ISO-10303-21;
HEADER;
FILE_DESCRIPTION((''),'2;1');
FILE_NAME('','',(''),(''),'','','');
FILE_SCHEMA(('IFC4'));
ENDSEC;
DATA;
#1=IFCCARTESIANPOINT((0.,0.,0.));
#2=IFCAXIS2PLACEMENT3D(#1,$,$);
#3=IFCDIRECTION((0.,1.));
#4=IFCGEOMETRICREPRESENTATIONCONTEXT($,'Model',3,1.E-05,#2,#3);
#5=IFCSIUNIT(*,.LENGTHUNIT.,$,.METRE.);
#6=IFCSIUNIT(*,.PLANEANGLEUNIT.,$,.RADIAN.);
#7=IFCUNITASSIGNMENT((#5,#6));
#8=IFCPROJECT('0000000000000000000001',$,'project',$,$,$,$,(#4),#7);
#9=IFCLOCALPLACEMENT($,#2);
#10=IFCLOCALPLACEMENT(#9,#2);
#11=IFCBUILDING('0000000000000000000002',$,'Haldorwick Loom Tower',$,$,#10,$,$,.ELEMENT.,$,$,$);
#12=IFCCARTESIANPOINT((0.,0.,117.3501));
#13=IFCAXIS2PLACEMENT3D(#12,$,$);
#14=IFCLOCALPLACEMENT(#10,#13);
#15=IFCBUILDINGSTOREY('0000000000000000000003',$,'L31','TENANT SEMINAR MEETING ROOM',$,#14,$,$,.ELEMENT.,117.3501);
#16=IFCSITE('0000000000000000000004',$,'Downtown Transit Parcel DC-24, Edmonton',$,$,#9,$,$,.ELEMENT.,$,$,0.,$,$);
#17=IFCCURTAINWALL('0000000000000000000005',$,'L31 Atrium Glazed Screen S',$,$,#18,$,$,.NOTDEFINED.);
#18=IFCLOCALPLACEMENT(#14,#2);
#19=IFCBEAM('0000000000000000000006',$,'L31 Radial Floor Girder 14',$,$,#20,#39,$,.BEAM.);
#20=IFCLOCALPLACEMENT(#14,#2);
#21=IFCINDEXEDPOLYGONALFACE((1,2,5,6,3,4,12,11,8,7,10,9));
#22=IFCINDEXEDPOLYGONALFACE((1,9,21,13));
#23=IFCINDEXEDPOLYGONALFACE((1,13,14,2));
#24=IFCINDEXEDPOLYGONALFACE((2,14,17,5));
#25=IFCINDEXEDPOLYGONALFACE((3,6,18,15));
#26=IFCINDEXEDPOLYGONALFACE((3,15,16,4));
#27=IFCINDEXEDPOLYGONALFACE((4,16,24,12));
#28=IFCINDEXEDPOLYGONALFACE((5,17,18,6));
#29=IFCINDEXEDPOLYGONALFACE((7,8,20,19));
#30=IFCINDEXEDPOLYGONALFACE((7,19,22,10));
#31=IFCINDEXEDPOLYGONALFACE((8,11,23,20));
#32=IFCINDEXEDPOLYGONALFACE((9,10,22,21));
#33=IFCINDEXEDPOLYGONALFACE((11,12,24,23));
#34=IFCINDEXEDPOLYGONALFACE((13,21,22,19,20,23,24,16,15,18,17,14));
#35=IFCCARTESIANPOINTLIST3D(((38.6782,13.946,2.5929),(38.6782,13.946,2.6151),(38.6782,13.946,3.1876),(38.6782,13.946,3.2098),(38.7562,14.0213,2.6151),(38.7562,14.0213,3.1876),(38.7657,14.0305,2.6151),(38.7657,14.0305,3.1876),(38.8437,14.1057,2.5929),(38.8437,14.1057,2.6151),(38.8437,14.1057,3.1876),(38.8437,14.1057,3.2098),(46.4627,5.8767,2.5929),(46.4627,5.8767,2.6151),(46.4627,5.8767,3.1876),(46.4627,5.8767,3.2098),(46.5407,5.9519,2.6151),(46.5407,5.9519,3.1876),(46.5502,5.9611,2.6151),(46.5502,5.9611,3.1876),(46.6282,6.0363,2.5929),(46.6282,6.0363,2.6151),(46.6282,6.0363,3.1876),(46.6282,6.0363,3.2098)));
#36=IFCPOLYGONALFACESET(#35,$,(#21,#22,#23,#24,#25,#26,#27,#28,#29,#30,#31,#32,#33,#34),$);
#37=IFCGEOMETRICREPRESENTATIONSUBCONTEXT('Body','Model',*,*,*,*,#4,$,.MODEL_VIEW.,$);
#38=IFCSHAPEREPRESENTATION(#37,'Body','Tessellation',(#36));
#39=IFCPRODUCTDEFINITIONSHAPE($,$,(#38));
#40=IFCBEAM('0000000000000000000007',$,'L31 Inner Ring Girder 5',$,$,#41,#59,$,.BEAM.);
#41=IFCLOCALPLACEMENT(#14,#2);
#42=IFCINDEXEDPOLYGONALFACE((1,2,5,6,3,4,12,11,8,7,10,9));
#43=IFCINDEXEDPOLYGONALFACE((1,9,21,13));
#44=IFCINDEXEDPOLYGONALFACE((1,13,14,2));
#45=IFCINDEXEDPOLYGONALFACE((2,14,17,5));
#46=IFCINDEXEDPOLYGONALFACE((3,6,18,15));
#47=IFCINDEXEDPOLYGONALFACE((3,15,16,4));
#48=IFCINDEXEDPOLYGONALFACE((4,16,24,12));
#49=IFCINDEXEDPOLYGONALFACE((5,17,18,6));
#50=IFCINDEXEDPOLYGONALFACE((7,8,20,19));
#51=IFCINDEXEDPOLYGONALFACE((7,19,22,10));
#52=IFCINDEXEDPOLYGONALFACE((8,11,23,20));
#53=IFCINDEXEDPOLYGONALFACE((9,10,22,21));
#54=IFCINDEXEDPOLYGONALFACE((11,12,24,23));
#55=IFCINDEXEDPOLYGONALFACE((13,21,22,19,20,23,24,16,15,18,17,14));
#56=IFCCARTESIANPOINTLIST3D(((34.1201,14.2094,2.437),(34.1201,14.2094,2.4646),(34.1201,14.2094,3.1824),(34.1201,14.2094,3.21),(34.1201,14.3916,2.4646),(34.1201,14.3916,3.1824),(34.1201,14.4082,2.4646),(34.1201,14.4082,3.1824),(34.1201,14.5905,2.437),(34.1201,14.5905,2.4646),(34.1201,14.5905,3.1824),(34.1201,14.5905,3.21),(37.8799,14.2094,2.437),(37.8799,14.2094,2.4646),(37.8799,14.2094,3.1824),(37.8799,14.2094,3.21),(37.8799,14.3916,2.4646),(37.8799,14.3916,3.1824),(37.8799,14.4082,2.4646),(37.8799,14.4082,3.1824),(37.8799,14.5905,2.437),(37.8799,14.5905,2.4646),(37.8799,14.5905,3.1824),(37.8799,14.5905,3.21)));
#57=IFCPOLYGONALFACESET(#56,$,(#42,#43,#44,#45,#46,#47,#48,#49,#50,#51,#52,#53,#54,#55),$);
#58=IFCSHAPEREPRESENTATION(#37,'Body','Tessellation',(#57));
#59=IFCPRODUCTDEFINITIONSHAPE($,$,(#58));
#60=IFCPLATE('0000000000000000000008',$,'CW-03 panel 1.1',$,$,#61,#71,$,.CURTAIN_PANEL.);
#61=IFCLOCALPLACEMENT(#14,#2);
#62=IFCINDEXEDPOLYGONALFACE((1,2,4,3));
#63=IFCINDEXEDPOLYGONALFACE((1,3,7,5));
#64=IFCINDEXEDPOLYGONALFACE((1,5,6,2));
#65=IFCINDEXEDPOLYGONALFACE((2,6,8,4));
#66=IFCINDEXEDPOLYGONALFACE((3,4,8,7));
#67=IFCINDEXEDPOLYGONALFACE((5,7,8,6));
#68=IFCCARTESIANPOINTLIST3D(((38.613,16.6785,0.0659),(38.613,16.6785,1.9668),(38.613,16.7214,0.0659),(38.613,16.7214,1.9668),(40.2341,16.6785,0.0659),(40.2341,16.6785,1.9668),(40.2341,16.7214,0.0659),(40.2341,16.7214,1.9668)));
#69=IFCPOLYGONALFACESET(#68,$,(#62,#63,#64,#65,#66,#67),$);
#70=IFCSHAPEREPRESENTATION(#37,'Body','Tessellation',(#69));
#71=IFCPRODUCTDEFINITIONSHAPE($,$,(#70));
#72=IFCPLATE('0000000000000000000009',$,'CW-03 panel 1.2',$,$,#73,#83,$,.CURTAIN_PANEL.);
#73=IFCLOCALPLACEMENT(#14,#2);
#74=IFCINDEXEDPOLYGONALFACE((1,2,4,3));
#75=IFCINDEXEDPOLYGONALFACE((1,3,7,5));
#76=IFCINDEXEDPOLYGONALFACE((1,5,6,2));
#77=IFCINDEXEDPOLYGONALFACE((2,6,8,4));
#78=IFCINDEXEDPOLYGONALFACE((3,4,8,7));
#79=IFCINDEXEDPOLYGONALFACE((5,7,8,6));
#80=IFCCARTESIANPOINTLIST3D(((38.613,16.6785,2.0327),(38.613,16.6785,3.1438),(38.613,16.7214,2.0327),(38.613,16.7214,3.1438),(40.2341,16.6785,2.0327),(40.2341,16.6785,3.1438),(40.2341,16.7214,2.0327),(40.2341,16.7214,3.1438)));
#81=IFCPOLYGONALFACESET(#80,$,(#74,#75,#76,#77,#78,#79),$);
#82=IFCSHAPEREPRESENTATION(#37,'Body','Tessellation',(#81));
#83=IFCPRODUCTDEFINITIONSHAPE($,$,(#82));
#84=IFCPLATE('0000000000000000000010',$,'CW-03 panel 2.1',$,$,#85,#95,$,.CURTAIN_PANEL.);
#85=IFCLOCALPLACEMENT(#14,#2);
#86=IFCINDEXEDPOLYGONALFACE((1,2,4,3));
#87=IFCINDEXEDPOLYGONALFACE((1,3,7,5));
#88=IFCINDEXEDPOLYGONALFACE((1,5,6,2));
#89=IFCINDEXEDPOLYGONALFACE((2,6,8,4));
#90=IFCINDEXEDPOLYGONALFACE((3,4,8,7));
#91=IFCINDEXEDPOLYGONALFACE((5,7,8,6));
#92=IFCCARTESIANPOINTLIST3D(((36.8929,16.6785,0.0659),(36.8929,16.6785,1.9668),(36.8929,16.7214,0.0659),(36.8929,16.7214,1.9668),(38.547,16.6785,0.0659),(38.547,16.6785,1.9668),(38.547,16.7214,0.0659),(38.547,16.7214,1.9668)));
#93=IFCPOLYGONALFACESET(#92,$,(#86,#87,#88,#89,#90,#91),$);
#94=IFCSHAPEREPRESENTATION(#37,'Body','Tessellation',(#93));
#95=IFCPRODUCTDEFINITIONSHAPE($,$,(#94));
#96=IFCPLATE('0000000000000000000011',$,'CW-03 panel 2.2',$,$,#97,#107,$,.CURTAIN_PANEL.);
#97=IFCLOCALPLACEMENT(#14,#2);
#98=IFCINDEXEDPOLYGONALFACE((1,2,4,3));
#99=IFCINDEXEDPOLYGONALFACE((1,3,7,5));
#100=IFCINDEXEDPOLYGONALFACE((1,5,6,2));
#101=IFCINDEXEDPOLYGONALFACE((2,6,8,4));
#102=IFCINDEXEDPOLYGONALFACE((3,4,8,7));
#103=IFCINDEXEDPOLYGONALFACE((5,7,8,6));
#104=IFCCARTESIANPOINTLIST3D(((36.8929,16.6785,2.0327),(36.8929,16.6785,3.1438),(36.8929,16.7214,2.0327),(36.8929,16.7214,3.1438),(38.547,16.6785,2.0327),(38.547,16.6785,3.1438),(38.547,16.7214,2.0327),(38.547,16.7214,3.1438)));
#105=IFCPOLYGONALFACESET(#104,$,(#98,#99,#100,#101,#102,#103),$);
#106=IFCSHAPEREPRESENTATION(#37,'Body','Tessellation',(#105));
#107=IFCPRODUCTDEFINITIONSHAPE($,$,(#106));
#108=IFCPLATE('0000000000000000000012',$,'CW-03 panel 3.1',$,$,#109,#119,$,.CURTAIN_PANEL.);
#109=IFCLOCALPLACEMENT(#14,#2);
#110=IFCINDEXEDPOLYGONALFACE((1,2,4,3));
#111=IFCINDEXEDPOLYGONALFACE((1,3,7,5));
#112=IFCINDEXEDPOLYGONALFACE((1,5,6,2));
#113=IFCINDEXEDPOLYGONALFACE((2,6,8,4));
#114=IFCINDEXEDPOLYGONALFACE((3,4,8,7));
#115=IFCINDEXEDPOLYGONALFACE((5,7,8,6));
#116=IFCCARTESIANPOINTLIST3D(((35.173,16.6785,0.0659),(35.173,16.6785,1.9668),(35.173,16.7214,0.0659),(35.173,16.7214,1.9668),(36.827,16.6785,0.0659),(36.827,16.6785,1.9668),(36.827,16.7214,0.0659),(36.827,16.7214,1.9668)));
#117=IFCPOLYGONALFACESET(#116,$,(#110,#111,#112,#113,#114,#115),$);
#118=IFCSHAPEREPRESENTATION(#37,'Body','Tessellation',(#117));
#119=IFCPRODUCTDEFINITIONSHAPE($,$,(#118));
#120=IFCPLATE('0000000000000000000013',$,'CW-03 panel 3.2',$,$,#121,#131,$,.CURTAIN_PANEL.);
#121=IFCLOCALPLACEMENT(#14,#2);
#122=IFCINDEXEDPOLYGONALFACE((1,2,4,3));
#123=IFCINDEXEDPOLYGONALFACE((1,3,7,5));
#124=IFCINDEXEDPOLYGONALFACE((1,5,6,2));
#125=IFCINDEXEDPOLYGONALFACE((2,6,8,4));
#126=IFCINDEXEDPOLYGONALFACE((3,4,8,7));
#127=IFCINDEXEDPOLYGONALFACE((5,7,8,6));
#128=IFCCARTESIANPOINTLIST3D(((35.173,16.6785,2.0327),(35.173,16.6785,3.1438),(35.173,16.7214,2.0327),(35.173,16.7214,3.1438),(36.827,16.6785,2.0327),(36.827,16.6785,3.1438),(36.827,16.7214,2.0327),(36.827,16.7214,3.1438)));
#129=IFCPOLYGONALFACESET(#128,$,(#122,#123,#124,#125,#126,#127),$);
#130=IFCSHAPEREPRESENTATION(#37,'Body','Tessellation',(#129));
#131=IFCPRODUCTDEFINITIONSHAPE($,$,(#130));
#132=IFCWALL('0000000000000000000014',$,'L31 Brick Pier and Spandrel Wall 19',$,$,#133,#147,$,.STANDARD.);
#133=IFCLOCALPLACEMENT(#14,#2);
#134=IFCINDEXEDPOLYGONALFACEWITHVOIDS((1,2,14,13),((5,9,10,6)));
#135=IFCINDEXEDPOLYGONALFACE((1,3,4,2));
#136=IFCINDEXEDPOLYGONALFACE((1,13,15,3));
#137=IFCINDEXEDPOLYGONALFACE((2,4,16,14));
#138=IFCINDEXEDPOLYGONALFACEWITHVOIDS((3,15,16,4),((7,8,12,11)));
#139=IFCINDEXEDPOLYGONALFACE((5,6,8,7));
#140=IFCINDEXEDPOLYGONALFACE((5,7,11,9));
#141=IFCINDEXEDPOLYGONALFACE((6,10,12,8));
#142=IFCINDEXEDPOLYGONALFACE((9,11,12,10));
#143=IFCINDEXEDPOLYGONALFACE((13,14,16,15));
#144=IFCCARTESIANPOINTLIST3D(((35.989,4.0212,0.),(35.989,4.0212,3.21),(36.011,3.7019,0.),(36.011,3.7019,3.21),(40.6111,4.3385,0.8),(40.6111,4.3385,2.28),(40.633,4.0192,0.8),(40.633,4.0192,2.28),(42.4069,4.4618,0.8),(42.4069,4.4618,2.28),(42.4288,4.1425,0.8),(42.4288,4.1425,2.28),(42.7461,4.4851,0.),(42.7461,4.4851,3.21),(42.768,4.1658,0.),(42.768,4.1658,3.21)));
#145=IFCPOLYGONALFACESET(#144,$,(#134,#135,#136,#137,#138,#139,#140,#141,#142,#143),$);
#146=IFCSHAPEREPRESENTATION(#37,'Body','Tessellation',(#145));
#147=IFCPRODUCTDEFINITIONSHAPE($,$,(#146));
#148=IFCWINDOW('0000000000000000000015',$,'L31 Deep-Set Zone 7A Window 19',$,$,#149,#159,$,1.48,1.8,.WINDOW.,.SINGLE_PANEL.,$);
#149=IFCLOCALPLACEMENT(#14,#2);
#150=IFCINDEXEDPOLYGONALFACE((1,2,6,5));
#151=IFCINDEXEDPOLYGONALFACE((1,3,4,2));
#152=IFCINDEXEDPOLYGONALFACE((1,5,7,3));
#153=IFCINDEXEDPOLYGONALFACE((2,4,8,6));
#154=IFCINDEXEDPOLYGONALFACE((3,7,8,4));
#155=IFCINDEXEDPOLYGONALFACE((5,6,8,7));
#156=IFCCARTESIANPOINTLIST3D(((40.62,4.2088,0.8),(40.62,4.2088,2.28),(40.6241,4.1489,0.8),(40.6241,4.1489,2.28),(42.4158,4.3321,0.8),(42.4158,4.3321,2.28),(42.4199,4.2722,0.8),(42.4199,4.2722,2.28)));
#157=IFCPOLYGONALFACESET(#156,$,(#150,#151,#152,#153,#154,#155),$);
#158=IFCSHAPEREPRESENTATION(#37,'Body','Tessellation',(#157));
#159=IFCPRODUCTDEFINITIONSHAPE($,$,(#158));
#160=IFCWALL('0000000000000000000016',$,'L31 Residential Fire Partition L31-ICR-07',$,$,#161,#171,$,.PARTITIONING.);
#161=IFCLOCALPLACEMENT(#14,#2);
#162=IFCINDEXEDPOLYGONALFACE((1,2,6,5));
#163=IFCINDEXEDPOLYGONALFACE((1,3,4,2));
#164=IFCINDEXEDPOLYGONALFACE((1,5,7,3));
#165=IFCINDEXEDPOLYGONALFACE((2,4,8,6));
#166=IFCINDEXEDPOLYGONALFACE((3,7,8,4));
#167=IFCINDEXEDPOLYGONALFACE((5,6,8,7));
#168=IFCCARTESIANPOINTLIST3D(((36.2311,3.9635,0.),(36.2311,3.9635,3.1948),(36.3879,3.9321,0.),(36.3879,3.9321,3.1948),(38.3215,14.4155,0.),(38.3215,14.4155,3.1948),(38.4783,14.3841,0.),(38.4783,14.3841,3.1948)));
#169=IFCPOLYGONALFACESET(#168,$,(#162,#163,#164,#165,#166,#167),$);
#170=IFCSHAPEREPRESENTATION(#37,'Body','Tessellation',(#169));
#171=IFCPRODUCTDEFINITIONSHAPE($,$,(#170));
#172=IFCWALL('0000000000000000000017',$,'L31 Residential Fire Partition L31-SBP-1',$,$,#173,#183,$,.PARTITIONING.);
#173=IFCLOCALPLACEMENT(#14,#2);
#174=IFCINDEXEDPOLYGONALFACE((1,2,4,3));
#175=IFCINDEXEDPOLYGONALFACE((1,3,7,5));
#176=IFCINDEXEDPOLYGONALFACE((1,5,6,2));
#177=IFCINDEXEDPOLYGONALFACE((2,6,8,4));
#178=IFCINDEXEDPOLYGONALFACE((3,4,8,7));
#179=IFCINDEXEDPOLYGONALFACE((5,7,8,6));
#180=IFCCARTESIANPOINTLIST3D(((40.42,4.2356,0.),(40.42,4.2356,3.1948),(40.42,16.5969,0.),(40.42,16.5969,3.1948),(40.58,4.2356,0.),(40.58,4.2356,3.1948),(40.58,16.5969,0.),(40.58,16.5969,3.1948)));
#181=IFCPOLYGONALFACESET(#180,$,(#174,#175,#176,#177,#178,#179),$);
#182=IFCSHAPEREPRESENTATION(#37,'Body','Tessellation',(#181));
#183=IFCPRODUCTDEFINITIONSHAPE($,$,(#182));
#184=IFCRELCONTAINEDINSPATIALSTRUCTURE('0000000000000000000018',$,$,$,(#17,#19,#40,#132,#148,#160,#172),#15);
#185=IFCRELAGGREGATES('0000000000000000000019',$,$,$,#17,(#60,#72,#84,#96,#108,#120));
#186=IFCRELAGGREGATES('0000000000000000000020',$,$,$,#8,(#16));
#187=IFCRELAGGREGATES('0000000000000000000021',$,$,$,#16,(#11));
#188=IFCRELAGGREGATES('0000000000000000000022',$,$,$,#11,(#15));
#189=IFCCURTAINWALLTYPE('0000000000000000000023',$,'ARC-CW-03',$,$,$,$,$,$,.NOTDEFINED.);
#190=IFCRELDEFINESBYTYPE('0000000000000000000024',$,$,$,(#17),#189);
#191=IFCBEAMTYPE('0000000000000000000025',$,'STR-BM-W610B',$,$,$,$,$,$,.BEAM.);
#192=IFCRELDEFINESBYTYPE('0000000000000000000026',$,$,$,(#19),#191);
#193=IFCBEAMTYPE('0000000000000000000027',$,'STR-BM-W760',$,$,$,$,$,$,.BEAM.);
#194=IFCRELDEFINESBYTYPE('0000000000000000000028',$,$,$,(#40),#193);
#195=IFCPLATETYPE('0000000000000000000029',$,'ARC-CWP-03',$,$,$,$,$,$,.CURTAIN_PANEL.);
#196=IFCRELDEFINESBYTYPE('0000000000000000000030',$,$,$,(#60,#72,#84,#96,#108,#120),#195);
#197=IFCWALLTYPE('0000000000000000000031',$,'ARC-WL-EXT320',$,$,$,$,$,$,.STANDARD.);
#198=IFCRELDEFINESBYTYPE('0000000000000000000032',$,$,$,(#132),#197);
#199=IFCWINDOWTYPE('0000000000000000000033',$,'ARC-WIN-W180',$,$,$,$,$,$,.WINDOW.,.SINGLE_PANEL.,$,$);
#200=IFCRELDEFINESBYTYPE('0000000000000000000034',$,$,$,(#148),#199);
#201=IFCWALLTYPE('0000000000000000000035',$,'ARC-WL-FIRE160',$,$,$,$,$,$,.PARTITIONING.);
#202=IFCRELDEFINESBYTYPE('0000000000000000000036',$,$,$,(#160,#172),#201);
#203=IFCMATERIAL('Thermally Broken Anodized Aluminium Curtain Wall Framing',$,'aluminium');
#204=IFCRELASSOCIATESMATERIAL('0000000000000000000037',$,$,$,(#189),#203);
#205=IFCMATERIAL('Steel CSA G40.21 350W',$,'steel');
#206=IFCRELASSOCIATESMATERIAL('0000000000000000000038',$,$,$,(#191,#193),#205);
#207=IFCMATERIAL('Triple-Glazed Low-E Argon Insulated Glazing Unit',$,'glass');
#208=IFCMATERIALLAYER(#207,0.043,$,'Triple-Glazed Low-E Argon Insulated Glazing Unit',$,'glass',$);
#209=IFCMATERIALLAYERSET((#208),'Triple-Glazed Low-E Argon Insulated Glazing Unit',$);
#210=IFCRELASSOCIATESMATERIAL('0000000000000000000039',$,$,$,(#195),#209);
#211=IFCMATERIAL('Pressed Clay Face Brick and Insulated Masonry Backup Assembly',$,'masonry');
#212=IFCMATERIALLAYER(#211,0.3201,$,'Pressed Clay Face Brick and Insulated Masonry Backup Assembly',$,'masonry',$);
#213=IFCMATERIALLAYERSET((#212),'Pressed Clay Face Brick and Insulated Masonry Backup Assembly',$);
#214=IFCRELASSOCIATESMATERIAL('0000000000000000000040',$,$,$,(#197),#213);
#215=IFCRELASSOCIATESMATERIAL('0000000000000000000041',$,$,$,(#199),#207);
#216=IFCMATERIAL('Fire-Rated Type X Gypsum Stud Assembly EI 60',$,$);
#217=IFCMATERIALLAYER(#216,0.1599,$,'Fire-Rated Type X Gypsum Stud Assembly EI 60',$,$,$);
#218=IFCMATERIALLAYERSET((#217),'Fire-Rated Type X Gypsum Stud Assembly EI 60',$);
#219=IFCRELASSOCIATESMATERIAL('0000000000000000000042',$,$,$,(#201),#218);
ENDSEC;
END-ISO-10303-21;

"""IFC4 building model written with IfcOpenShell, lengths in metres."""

from ifc_helpers import new_model, si_unit, direction, frame, frame_2d, origin, origin_2d, place, context, subcontext, project, spatial, rectangle, i_section, extrude, material, layer, layer_set, material_profile, profile_set, type_object, element, fill, aggregate, save


model = new_model("IFC4")

# Units and contexts
model_context = context("Model", 3, precision=1e-05, world=origin(), true_north=direction((0.0, 1.0)))
body_context = subcontext(model_context, "Body", "Model", "MODEL_VIEW")
ifc_project = project(units=[si_unit("LENGTHUNIT", "METRE"), si_unit("PLANEANGLEUNIT", "RADIAN")], contexts=[model_context])

# Site, building, storey
site_placement = place(None, origin())
site = spatial("IfcSite", under=ifc_project, at=site_placement, Name="Downtown Transit Parcel DC-24, Edmonton", CompositionType="ELEMENT", RefElevation=0.0)
building_placement = place(site_placement, origin())
building = spatial("IfcBuilding", under=site, at=building_placement, Name="Haldorwick Loom Tower", CompositionType="ELEMENT")
storey_placement = place(building_placement, frame((0.0, 0.0, 117.3501)))
storey = spatial("IfcBuildingStorey", under=building, at=storey_placement, Name="L31", Description="TENANT SEMINAR MEETING ROOM", CompositionType="ELEMENT", Elevation=117.3501)

# Curtain wall
ifc_material_1 = material(Name="Thermally Broken Anodized Aluminium Curtain Wall Framing", Category="aluminium")
curtain_wall_type = type_object("IfcCurtainWallType", Name="ARC-CW-03", PredefinedType="NOTDEFINED", material=ifc_material_1)
curtain_wall_placement = place(storey_placement, origin())
curtain_wall = element("IfcCurtainWall", 1, at=curtain_wall_placement, inside=storey, type_object=curtain_wall_type, Name="L31 Atrium Glazed Screen S", PredefinedType="NOTDEFINED")

# Beams
ifc_material_2 = material(Name="Steel CSA G40.21 350W", Category="steel")
ifc_material_profile_1 = material_profile(ifc_material_2, i_section(OverallWidth=0.23, OverallDepth=0.6169, WebThickness=0.0132, FlangeThickness=0.0222, at=origin_2d()), Name="W610X140", Category="steel")
ifc_profile_set_1 = profile_set([ifc_material_profile_1], Name="Steel CSA G40.21 350W")
beam_type_1 = type_object("IfcBeamType", Name="STR-BM-W610B", PredefinedType="BEAM", material=ifc_profile_set_1)
beam_1_placement = place(storey_placement, frame((38.761, 14.0259, 2.9014), z_axis=(0.694287, -0.719698, 0.0), x_axis=(0.719698, 0.694287, 0.0)))
element("IfcBeam", 2, at=beam_1_placement, inside=storey, type_object=beam_type_1, Name="L31 Radial Floor Girder 14", PredefinedType="BEAM", context=body_context, shape_type="SweptSolid", body=[
    extrude(i_section(OverallWidth=0.23, OverallDepth=0.6169, WebThickness=0.0132, FlangeThickness=0.0222, at=origin_2d()), origin(), (0.0, 0.0, 1.0), 11.2122),
])
ifc_material_profile_2 = material_profile(ifc_material_2, i_section(OverallWidth=0.3811, OverallDepth=0.7729, WebThickness=0.0166, FlangeThickness=0.0276, at=origin_2d()), Name="W760X257", Category="steel")
ifc_profile_set_2 = profile_set([ifc_material_profile_2], Name="Steel CSA G40.21 350W")
beam_type_2 = type_object("IfcBeamType", Name="STR-BM-W760", PredefinedType="BEAM", material=ifc_profile_set_2)
beam_2_placement = place(storey_placement, frame((37.8799, 14.3999, 2.8235), z_axis=(-1.0, 0.0, 0.0), x_axis=(0.0, -1.0, 0.0)))
element("IfcBeam", 3, at=beam_2_placement, inside=storey, type_object=beam_type_2, Name="L31 Inner Ring Girder 5", PredefinedType="BEAM", context=body_context, shape_type="SweptSolid", body=[
    extrude(i_section(OverallWidth=0.3811, OverallDepth=0.7729, WebThickness=0.0166, FlangeThickness=0.0276, at=origin_2d()), origin(), (0.0, 0.0, 1.0), 3.7598),
])

# Plates
ifc_material_3 = material(Name="Triple-Glazed Low-E Argon Insulated Glazing Unit", Category="glass")
ifc_layer_1 = layer(ifc_material_3, 0.043, Name="Triple-Glazed Low-E Argon Insulated Glazing Unit", Category="glass")
ifc_layer_set_1 = layer_set([ifc_layer_1], Name="Triple-Glazed Low-E Argon Insulated Glazing Unit")
plate_type = type_object("IfcPlateType", Name="ARC-CWP-03", PredefinedType="CURTAIN_PANEL", material=ifc_layer_set_1)
plate_1_placement = place(storey_placement, frame((39.4236, 16.7, 0.0659), z_axis=(0.0, 0.0, 1.0), x_axis=(-1.0, 0.0, 0.0)))
plate_1 = element("IfcPlate", 4, at=plate_1_placement, type_object=plate_type, Name="CW-03 panel 1.1", PredefinedType="CURTAIN_PANEL", context=body_context, shape_type="SweptSolid", body=[
    extrude(rectangle(XDim=1.6211, YDim=0.043, at=origin_2d()), origin(), (0.0, 0.0, 1.0), 1.9009),
])
plate_2_placement = place(storey_placement, frame((39.4236, 16.7, 2.0327), z_axis=(0.0, 0.0, 1.0), x_axis=(-1.0, 0.0, 0.0)))
plate_2 = element("IfcPlate", 5, at=plate_2_placement, type_object=plate_type, Name="CW-03 panel 1.2", PredefinedType="CURTAIN_PANEL", context=body_context, shape_type="SweptSolid", body=[
    extrude(rectangle(XDim=1.6211, YDim=0.043, at=origin_2d()), origin(), (0.0, 0.0, 1.0), 1.1111),
])
plate_3_placement = place(storey_placement, frame((37.72, 16.7, 0.0659), z_axis=(0.0, 0.0, 1.0), x_axis=(-1.0, 0.0, 0.0)))
plate_3 = element("IfcPlate", 6, at=plate_3_placement, type_object=plate_type, Name="CW-03 panel 2.1", PredefinedType="CURTAIN_PANEL", context=body_context, shape_type="SweptSolid", body=[
    extrude(rectangle(XDim=1.6541, YDim=0.043, at=origin_2d()), origin(), (0.0, 0.0, 1.0), 1.9009),
])
plate_4_placement = place(storey_placement, frame((37.72, 16.7, 2.0327), z_axis=(0.0, 0.0, 1.0), x_axis=(-1.0, 0.0, 0.0)))
plate_4 = element("IfcPlate", 7, at=plate_4_placement, type_object=plate_type, Name="CW-03 panel 2.2", PredefinedType="CURTAIN_PANEL", context=body_context, shape_type="SweptSolid", body=[
    extrude(rectangle(XDim=1.6541, YDim=0.043, at=origin_2d()), origin(), (0.0, 0.0, 1.0), 1.1111),
])
plate_5_placement = place(storey_placement, frame((36.0, 16.7, 0.0659), z_axis=(0.0, 0.0, 1.0), x_axis=(-1.0, 0.0, 0.0)))
plate_5 = element("IfcPlate", 8, at=plate_5_placement, type_object=plate_type, Name="CW-03 panel 3.1", PredefinedType="CURTAIN_PANEL", context=body_context, shape_type="SweptSolid", body=[
    extrude(rectangle(XDim=1.6541, YDim=0.043, at=origin_2d()), origin(), (0.0, 0.0, 1.0), 1.9009),
])
plate_6_placement = place(storey_placement, frame((36.0, 16.7, 2.0327), z_axis=(0.0, 0.0, 1.0), x_axis=(-1.0, 0.0, 0.0)))
plate_6 = element("IfcPlate", 9, at=plate_6_placement, type_object=plate_type, Name="CW-03 panel 3.2", PredefinedType="CURTAIN_PANEL", context=body_context, shape_type="SweptSolid", body=[
    extrude(rectangle(XDim=1.6541, YDim=0.043, at=origin_2d()), origin(), (0.0, 0.0, 1.0), 1.1111),
])
aggregate(curtain_wall, [plate_1, plate_2, plate_3, plate_4, plate_5, plate_6])

# Wall, opening, window
ifc_material_4 = material(Name="Pressed Clay Face Brick and Insulated Masonry Backup Assembly", Category="masonry")
ifc_layer_2 = layer(ifc_material_4, 0.3201, Name="Pressed Clay Face Brick and Insulated Masonry Backup Assembly", Category="masonry")
ifc_layer_set_2 = layer_set([ifc_layer_2], Name="Pressed Clay Face Brick and Insulated Masonry Backup Assembly")
wall_type_1 = type_object("IfcWallType", Name="ARC-WL-EXT320", PredefinedType="STANDARD", material=ifc_layer_set_2)
wall_1_placement = place(storey_placement, frame((36.0, 3.8616, 0.0), z_axis=(0.0, 0.0, 1.0), x_axis=(0.997652, 0.068488, 0.0)))
wall_1 = element("IfcWall", 10, at=wall_1_placement, inside=storey, type_object=wall_type_1, Name="L31 Brick Pier and Spandrel Wall 19", PredefinedType="STANDARD", context=body_context, shape_type="SweptSolid", body=[
    extrude(rectangle(XDim=6.7729, YDim=0.3201, at=frame_2d((3.3865, 0.0))), origin(), (0.0, 0.0, 1.0), 3.21),
])
opening_placement = place(wall_1_placement, frame((4.6331, 0.0, 0.8)))
opening = element("IfcOpeningElement", 11, at=opening_placement, cuts=wall_1, PredefinedType="OPENING", context=body_context, shape_type="SweptSolid", body=[
    extrude(rectangle(XDim=1.8, YDim=1.48, at=frame_2d((0.8999, 0.74))), frame((0.0, 0.1699, 0.0), z_axis=(0.0, -1.0, 0.0), x_axis=(1.0, 0.0, 0.0)), (0.0, 0.0, 1.0), 0.3401),
])
window_type = type_object("IfcWindowType", Name="ARC-WIN-W180", PartitioningType="SINGLE_PANEL", PredefinedType="WINDOW", material=ifc_material_3)
window_placement = place(opening_placement, origin())
window = element("IfcWindow", 12, at=window_placement, inside=storey, type_object=window_type, Name="L31 Deep-Set Zone 7A Window 19", OverallHeight=1.48, OverallWidth=1.8, PartitioningType="SINGLE_PANEL", PredefinedType="WINDOW", context=body_context, shape_type="SweptSolid", body=[
    extrude(rectangle(XDim=1.8, YDim=1.48, at=frame_2d((0.8999, 0.74))), frame((0.0, 0.03, 0.0), z_axis=(0.0, -1.0, 0.0), x_axis=(1.0, 0.0, 0.0)), (0.0, 0.0, 1.0), 0.0601),
])
fill(opening, window)

# Walls
ifc_material_5 = material(Name="Fire-Rated Type X Gypsum Stud Assembly EI 60")
ifc_layer_3 = layer(ifc_material_5, 0.1599, Name="Fire-Rated Type X Gypsum Stud Assembly EI 60")
ifc_layer_set_3 = layer_set([ifc_layer_3], Name="Fire-Rated Type X Gypsum Stud Assembly EI 60")
wall_type_2 = type_object("IfcWallType", Name="ARC-WL-FIRE160", PredefinedType="PARTITIONING", material=ifc_layer_set_3)
wall_2_placement = place(storey_placement, frame((38.3999, 14.3999, 0.0), z_axis=(0.0, 0.0, 1.0), x_axis=(-0.196112, -0.980582, 0.0)))
element("IfcWall", 13, at=wall_2_placement, inside=storey, type_object=wall_type_2, Name="L31 Residential Fire Partition L31-ICR-07", PredefinedType="PARTITIONING", context=body_context, shape_type="SweptSolid", body=[
    extrude(rectangle(XDim=10.6589, YDim=0.1599, at=frame_2d((5.3296, 0.0))), origin(), (0.0, 0.0, 1.0), 3.1948),
])
wall_3_placement = place(storey_placement, frame((40.5, 4.2356, 0.0), z_axis=(0.0, 0.0, 1.0), x_axis=(0.0, 1.0, 0.0)))
element("IfcWall", 14, at=wall_3_placement, inside=storey, type_object=wall_type_2, Name="L31 Residential Fire Partition L31-SBP-1", PredefinedType="PARTITIONING", context=body_context, shape_type="SweptSolid", body=[
    extrude(rectangle(XDim=12.3613, YDim=0.1599, at=frame_2d((6.1807, 0.0))), origin(), (0.0, 0.0, 1.0), 3.1948),
])

save(model, "model.ifc")
